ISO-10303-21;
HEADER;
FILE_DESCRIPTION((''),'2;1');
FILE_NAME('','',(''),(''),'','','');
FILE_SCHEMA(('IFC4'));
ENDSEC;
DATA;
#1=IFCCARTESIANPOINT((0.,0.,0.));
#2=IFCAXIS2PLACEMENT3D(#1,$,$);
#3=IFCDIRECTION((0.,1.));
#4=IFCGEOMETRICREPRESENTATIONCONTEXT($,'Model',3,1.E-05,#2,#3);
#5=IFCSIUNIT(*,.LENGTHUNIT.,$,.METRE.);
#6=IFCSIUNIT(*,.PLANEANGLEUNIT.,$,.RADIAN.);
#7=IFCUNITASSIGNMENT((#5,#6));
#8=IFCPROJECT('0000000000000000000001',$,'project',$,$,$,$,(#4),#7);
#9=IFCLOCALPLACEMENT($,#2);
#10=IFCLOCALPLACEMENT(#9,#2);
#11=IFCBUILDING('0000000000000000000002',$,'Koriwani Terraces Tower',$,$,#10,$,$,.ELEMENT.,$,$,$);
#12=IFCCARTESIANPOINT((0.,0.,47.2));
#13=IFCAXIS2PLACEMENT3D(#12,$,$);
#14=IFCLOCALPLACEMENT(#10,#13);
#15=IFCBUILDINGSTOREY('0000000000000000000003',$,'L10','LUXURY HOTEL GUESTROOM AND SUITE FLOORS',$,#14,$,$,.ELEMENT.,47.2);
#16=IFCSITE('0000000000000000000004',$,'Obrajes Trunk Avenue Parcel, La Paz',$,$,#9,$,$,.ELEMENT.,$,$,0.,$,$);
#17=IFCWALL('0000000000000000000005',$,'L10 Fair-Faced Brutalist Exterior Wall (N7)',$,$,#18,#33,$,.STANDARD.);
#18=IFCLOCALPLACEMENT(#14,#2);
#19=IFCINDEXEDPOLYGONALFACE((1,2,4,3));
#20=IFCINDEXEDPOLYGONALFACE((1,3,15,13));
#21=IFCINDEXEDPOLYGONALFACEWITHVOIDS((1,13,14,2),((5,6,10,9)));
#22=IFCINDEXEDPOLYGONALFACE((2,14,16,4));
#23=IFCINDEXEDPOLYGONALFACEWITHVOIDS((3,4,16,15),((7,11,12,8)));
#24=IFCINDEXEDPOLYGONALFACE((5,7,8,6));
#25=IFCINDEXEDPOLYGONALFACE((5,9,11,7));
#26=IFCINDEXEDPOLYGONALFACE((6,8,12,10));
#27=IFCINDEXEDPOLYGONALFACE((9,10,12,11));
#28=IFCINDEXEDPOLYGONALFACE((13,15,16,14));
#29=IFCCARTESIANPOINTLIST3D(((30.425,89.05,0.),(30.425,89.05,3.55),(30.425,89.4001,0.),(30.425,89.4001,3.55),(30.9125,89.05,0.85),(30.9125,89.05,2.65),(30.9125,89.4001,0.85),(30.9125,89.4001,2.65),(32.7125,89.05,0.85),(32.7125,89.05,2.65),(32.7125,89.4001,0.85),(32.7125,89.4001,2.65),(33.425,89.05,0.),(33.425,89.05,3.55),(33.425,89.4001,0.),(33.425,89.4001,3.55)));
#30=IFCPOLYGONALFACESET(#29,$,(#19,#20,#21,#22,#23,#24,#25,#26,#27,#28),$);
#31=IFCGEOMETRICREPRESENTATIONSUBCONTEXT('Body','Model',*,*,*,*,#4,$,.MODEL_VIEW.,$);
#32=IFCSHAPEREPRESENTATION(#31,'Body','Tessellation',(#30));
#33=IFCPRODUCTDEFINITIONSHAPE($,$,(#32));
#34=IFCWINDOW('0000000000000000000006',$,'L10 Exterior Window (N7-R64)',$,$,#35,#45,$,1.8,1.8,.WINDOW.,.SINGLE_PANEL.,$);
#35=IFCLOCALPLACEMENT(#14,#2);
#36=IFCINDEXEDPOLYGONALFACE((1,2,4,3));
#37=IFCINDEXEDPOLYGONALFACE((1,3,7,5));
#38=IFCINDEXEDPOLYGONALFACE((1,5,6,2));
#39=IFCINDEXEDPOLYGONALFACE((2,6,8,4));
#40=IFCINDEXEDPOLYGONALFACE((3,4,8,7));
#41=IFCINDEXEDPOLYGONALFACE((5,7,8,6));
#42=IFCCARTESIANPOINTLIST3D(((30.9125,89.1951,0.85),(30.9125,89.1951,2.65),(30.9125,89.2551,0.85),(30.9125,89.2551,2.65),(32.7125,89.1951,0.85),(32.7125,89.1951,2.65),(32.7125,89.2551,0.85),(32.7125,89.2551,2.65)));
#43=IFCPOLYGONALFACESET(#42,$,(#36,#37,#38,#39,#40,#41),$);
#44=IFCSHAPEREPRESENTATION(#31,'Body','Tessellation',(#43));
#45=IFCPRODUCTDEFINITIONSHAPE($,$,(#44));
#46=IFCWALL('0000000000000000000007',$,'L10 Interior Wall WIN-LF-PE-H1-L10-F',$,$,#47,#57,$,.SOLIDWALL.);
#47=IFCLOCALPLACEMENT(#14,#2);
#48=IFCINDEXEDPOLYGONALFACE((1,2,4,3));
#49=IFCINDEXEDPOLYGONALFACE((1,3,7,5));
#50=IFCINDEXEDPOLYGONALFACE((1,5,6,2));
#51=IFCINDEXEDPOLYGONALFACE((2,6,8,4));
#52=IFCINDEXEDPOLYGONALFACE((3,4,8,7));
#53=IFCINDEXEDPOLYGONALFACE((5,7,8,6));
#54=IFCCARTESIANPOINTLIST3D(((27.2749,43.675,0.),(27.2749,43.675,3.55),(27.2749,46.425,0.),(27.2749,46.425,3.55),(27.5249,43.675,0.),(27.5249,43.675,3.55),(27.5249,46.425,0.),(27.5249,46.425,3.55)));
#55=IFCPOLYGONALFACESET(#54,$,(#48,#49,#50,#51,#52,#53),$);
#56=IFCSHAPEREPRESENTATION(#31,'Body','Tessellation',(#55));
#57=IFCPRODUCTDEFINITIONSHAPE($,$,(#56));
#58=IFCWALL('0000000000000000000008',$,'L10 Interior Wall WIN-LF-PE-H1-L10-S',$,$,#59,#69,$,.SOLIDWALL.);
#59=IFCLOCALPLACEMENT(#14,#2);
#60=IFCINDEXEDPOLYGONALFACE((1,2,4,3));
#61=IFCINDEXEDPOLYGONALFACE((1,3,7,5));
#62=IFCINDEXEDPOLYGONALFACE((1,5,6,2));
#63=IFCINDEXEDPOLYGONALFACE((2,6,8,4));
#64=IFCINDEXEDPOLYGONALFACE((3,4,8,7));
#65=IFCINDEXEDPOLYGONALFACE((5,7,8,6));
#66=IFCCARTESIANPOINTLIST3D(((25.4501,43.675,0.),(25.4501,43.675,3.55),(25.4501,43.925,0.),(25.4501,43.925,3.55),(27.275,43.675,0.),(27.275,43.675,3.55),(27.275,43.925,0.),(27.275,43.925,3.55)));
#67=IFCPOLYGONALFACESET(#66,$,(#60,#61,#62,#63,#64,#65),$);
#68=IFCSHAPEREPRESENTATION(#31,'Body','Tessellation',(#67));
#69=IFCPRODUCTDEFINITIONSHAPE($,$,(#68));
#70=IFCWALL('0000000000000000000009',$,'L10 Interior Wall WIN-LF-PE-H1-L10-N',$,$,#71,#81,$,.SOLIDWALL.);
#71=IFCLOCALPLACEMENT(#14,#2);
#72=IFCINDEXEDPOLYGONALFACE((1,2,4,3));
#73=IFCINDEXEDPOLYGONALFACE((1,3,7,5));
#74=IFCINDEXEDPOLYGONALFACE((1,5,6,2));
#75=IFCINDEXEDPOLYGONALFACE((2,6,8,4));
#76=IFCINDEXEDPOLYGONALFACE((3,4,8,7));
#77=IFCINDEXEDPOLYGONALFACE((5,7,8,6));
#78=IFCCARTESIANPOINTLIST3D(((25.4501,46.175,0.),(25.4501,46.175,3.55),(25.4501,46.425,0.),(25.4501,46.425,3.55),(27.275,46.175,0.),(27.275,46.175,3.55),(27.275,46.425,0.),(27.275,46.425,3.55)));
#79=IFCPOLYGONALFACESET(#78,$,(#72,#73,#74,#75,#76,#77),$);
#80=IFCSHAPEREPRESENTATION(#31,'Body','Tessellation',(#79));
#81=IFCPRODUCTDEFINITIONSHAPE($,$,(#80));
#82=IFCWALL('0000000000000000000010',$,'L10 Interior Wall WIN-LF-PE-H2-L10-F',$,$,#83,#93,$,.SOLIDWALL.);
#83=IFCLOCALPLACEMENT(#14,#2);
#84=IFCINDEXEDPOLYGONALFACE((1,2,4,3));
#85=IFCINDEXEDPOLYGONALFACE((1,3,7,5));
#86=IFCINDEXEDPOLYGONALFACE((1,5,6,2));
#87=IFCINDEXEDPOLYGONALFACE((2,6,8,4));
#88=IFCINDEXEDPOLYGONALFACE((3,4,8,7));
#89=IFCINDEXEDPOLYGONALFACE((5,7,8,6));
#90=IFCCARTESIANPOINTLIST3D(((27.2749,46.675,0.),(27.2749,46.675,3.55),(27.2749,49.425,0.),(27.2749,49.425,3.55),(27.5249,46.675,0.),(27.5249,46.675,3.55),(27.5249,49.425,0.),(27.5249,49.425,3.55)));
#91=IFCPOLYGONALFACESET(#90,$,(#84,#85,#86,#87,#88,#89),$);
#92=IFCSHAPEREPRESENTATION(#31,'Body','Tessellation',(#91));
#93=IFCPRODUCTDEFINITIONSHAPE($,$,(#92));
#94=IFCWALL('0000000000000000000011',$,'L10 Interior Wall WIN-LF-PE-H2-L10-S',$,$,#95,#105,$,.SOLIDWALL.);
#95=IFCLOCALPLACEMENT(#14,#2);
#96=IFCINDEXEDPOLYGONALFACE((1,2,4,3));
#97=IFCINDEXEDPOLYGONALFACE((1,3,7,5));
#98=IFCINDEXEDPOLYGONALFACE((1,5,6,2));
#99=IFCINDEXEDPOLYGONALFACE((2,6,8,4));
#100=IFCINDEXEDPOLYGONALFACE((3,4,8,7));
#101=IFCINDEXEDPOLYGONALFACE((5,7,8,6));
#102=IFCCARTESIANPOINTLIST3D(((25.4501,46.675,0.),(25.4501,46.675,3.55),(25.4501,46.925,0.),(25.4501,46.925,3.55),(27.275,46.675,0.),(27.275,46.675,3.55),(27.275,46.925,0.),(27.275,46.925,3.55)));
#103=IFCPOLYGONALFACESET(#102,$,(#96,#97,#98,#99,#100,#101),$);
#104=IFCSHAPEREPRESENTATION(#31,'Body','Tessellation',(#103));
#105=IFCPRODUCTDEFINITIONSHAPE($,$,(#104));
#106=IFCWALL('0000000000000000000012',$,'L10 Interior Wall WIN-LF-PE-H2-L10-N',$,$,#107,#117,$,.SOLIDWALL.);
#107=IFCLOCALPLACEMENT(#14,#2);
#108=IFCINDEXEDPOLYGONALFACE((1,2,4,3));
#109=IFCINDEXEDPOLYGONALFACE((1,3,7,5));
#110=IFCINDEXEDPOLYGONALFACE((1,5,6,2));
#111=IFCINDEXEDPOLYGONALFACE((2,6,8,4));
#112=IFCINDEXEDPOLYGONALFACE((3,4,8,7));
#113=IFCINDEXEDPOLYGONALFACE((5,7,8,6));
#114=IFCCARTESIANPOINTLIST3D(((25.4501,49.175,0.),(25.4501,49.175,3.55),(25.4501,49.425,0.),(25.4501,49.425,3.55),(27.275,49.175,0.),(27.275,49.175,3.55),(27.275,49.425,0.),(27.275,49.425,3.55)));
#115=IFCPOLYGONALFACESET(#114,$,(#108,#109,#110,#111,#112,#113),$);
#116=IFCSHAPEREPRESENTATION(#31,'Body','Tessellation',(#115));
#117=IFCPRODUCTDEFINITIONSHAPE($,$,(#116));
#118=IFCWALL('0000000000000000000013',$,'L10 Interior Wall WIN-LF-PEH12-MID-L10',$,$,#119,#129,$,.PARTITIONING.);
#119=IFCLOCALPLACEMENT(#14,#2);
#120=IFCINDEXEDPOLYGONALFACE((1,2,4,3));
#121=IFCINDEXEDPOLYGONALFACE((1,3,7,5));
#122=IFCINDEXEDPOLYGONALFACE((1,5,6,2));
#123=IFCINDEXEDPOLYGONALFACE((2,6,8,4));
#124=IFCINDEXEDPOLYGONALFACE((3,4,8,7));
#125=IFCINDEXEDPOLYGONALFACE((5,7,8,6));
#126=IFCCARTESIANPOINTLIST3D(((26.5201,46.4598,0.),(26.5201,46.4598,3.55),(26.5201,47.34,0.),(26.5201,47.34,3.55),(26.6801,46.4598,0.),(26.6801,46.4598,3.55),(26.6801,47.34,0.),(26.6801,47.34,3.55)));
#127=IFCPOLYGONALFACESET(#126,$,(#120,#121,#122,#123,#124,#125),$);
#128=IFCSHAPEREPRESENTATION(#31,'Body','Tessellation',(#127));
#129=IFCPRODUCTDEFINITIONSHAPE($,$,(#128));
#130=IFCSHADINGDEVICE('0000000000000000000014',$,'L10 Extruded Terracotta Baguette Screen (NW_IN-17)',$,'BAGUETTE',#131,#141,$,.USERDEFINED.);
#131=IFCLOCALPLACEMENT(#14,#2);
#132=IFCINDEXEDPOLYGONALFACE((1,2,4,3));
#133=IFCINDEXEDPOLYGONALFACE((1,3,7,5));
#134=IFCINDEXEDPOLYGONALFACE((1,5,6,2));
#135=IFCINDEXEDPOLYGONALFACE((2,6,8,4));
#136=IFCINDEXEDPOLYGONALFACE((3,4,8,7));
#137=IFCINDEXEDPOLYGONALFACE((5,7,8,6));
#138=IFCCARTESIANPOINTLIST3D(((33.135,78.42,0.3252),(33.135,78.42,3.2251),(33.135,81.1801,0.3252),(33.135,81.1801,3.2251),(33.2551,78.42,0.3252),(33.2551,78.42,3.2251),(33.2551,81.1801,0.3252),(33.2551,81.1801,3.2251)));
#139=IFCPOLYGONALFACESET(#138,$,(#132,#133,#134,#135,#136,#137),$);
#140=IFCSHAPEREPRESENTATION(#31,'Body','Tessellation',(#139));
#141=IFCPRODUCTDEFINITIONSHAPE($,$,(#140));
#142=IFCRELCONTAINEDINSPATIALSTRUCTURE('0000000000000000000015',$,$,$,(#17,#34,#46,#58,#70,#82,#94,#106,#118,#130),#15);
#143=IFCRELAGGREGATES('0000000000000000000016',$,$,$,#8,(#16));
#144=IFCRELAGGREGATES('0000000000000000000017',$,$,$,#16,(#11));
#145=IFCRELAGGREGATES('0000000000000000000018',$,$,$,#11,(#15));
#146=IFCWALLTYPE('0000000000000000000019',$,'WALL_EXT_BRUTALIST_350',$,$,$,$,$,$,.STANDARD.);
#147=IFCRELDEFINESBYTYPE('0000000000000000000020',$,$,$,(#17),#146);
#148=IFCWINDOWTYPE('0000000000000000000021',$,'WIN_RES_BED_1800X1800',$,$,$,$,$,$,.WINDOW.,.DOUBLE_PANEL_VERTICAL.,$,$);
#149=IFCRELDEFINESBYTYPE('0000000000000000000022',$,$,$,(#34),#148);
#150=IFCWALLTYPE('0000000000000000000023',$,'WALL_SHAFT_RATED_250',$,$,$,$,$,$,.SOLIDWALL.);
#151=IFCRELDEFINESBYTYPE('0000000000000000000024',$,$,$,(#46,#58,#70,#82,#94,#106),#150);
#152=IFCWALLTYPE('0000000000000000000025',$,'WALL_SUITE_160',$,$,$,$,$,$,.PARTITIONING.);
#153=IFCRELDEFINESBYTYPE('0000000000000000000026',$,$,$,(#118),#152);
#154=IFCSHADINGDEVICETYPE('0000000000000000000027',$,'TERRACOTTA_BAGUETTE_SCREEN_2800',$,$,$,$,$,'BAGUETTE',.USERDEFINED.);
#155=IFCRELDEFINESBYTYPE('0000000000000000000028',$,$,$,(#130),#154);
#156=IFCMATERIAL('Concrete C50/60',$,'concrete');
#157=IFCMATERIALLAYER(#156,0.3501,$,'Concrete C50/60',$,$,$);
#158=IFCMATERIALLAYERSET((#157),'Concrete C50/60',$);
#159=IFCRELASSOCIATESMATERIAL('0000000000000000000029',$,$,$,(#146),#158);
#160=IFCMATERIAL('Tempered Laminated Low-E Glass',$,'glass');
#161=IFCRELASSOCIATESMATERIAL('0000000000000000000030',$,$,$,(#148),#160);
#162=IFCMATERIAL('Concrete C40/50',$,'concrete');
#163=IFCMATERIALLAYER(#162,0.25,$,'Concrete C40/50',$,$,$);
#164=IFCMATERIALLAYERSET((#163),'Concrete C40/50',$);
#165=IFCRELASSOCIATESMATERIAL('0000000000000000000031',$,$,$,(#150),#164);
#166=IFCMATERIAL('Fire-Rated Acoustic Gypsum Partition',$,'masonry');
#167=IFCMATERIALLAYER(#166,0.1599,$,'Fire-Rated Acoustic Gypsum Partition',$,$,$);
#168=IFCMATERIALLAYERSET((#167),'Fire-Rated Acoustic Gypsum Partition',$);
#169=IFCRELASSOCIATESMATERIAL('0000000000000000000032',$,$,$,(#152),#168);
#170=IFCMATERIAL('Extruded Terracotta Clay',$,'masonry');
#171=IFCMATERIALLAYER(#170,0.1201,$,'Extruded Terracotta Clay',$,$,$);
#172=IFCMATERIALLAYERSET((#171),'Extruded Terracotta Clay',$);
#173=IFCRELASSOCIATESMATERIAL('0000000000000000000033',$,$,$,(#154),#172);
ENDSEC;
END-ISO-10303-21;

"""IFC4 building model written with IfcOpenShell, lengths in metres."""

from ifc_helpers import new_model, si_unit, direction, frame, frame_2d, origin, origin_2d, place, context, subcontext, project, spatial, rectangle, extrude, material, layer, layer_set, type_object, element, fill, save


model = new_model("IFC4")

# Units and contexts
model_context = context("Model", 3, precision=1e-05, world=origin(), true_north=direction((0.0, 1.0)))
body_context = subcontext(model_context, "Body", "Model", "MODEL_VIEW")
ifc_project = project(units=[si_unit("LENGTHUNIT", "METRE"), si_unit("PLANEANGLEUNIT", "RADIAN")], contexts=[model_context])

# Site, building, storey
site_placement = place(None, origin())
site = spatial("IfcSite", under=ifc_project, at=site_placement, Name="Obrajes Trunk Avenue Parcel, La Paz", CompositionType="ELEMENT", RefElevation=0.0)
building_placement = place(site_placement, origin())
building = spatial("IfcBuilding", under=site, at=building_placement, Name="Koriwani Terraces Tower", CompositionType="ELEMENT")
storey_placement = place(building_placement, frame((0.0, 0.0, 47.2)))
storey = spatial("IfcBuildingStorey", under=building, at=storey_placement, Name="L10", Description="LUXURY HOTEL GUESTROOM AND SUITE FLOORS", CompositionType="ELEMENT", Elevation=47.2)

# Shared definitions
ifc_material_1 = material(Name="Concrete C50/60", Category="concrete")

# Shared definitions
ifc_material_2 = material(Name="Tempered Laminated Low-E Glass", Category="glass")

# Shared definitions
ifc_layer_1 = layer(ifc_material_1, 0.3501, Name="Concrete C50/60")
ifc_layer_set_1 = layer_set([ifc_layer_1], Name="Concrete C50/60")
wall_type_1 = type_object("IfcWallType", Name="WALL_EXT_BRUTALIST_350", PredefinedType="STANDARD", material=ifc_layer_set_1)

# Wall, opening, window
wall_1_placement = place(storey_placement, frame((30.425, 89.2251, 0.0), z_axis=(0.0, 0.0, 1.0), x_axis=(1.0, 0.0, 0.0)))
wall_1 = element("IfcWall", 1, at=wall_1_placement, inside=storey, type_object=wall_type_1, Name="L10 Fair-Faced Brutalist Exterior Wall (N7)", PredefinedType="STANDARD", context=body_context, shape_type="SweptSolid", body=[
    extrude(rectangle(XDim=3.0, YDim=0.3501, at=frame_2d((1.5, 0.0))), origin(), (0.0, 0.0, 1.0), 3.55),
])
opening_placement = place(wall_1_placement, frame((0.4875, 0.0, 0.8501)))
opening = element("IfcOpeningElement", 2, at=opening_placement, cuts=wall_1, PredefinedType="OPENING", context=body_context, shape_type="SweptSolid", body=[
    extrude(rectangle(XDim=1.8, YDim=1.8, at=frame_2d((0.8999, 0.8999))), frame((0.0, 0.1851, 0.0), z_axis=(0.0, -1.0, 0.0), x_axis=(1.0, 0.0, 0.0)), (0.0, 0.0, 1.0), 0.3701),
])
window_type = type_object("IfcWindowType", Name="WIN_RES_BED_1800X1800", PartitioningType="DOUBLE_PANEL_VERTICAL", PredefinedType="WINDOW", material=ifc_material_2)
window_placement = place(opening_placement, origin())
window = element("IfcWindow", 3, at=window_placement, inside=storey, type_object=window_type, Name="L10 Exterior Window (N7-R64)", OverallHeight=1.8, OverallWidth=1.8, PartitioningType="SINGLE_PANEL", PredefinedType="WINDOW", context=body_context, shape_type="SweptSolid", body=[
    extrude(rectangle(XDim=1.8, YDim=1.8, at=frame_2d((0.8999, 0.8999))), frame((0.0, 0.03, 0.0), z_axis=(0.0, -1.0, 0.0), x_axis=(1.0, 0.0, 0.0)), (0.0, 0.0, 1.0), 0.0601),
])
fill(opening, window)

# Walls
ifc_material_3 = material(Name="Concrete C40/50", Category="concrete")
ifc_layer_2 = layer(ifc_material_3, 0.25, Name="Concrete C40/50")
ifc_layer_set_2 = layer_set([ifc_layer_2], Name="Concrete C40/50")
wall_type_2 = type_object("IfcWallType", Name="WALL_SHAFT_RATED_250", PredefinedType="SOLIDWALL", material=ifc_layer_set_2)
wall_2_placement = place(storey_placement, frame((27.3999, 43.675, 0.0), z_axis=(0.0, 0.0, 1.0), x_axis=(0.0, 1.0, 0.0)))
element("IfcWall", 4, at=wall_2_placement, inside=storey, type_object=wall_type_2, Name="L10 Interior Wall WIN-LF-PE-H1-L10-F", PredefinedType="SOLIDWALL", context=body_context, shape_type="SweptSolid", body=[
    extrude(rectangle(XDim=2.75, YDim=0.25, at=frame_2d((1.375, 0.0))), origin(), (0.0, 0.0, 1.0), 3.55),
])
for number, where, z_axis, x_axis, name in (
    (5, (25.45, 43.8, 0.0), (0.0, 0.0, 1.0), (1.0, 0.0, 0.0), "L10 Interior Wall WIN-LF-PE-H1-L10-S"),
    (6, (25.45, 46.3, 0.0), (0.0, 0.0, 1.0), (1.0, 0.0, 0.0), "L10 Interior Wall WIN-LF-PE-H1-L10-N"),
):
    element("IfcWall", number, at=place(storey_placement, frame(where, z_axis=z_axis, x_axis=x_axis)), inside=storey, type_object=wall_type_2, Name=name, PredefinedType="SOLIDWALL", context=body_context, shape_type="SweptSolid", body=[
        extrude(rectangle(XDim=1.825, YDim=0.25, at=frame_2d((0.9126, 0.0))), origin(), (0.0, 0.0, 1.0), 3.55),
    ])
wall_3_placement = place(storey_placement, frame((27.3999, 46.675, 0.0), z_axis=(0.0, 0.0, 1.0), x_axis=(0.0, 1.0, 0.0)))
element("IfcWall", 7, at=wall_3_placement, inside=storey, type_object=wall_type_2, Name="L10 Interior Wall WIN-LF-PE-H2-L10-F", PredefinedType="SOLIDWALL", context=body_context, shape_type="SweptSolid", body=[
    extrude(rectangle(XDim=2.75, YDim=0.25, at=frame_2d((1.375, 0.0))), origin(), (0.0, 0.0, 1.0), 3.55),
])
for number, where, z_axis, x_axis, name in (
    (8, (25.45, 46.8, 0.0), (0.0, 0.0, 1.0), (1.0, 0.0, 0.0), "L10 Interior Wall WIN-LF-PE-H2-L10-S"),
    (9, (25.45, 49.3, 0.0), (0.0, 0.0, 1.0), (1.0, 0.0, 0.0), "L10 Interior Wall WIN-LF-PE-H2-L10-N"),
):
    element("IfcWall", number, at=place(storey_placement, frame(where, z_axis=z_axis, x_axis=x_axis)), inside=storey, type_object=wall_type_2, Name=name, PredefinedType="SOLIDWALL", context=body_context, shape_type="SweptSolid", body=[
        extrude(rectangle(XDim=1.825, YDim=0.25, at=frame_2d((0.9126, 0.0))), origin(), (0.0, 0.0, 1.0), 3.55),
    ])
ifc_material_4 = material(Name="Fire-Rated Acoustic Gypsum Partition", Category="masonry")
ifc_layer_3 = layer(ifc_material_4, 0.1599, Name="Fire-Rated Acoustic Gypsum Partition")
ifc_layer_set_3 = layer_set([ifc_layer_3], Name="Fire-Rated Acoustic Gypsum Partition")
wall_type_3 = type_object("IfcWallType", Name="WALL_SUITE_160", PredefinedType="PARTITIONING", material=ifc_layer_set_3)
wall_4_placement = place(storey_placement, frame((26.6001, 46.46, 0.0), z_axis=(0.0, 0.0, 1.0), x_axis=(0.0, 1.0, 0.0)))
element("IfcWall", 10, at=wall_4_placement, inside=storey, type_object=wall_type_3, Name="L10 Interior Wall WIN-LF-PEH12-MID-L10", PredefinedType="PARTITIONING", context=body_context, shape_type="SweptSolid", body=[
    extrude(rectangle(XDim=0.8801, YDim=0.1599, at=frame_2d((0.4399, 0.0))), origin(), (0.0, 0.0, 1.0), 3.55),
])

# Shading device
ifc_material_5 = material(Name="Extruded Terracotta Clay", Category="masonry")
ifc_layer_4 = layer(ifc_material_5, 0.1201, Name="Extruded Terracotta Clay")
ifc_layer_set_4 = layer_set([ifc_layer_4], Name="Extruded Terracotta Clay")
shading_device_type = type_object("IfcShadingDeviceType", Name="TERRACOTTA_BAGUETTE_SCREEN_2800", ElementType="BAGUETTE", PredefinedType="USERDEFINED", material=ifc_layer_set_4)
shading_device_placement = place(storey_placement, frame((33.1951, 79.8, 0.3252), z_axis=(0.0, 0.0, 1.0), x_axis=(0.0, -1.0, 0.0)))
element("IfcShadingDevice", 11, at=shading_device_placement, inside=storey, type_object=shading_device_type, Name="L10 Extruded Terracotta Baguette Screen (NW_IN-17)", ObjectType="BAGUETTE", PredefinedType="USERDEFINED", context=body_context, shape_type="SweptSolid", body=[
    extrude(rectangle(XDim=2.76, YDim=0.1201, at=origin_2d()), origin(), (0.0, 0.0, 1.0), 2.8999),
])

save(model, "model.ifc")
